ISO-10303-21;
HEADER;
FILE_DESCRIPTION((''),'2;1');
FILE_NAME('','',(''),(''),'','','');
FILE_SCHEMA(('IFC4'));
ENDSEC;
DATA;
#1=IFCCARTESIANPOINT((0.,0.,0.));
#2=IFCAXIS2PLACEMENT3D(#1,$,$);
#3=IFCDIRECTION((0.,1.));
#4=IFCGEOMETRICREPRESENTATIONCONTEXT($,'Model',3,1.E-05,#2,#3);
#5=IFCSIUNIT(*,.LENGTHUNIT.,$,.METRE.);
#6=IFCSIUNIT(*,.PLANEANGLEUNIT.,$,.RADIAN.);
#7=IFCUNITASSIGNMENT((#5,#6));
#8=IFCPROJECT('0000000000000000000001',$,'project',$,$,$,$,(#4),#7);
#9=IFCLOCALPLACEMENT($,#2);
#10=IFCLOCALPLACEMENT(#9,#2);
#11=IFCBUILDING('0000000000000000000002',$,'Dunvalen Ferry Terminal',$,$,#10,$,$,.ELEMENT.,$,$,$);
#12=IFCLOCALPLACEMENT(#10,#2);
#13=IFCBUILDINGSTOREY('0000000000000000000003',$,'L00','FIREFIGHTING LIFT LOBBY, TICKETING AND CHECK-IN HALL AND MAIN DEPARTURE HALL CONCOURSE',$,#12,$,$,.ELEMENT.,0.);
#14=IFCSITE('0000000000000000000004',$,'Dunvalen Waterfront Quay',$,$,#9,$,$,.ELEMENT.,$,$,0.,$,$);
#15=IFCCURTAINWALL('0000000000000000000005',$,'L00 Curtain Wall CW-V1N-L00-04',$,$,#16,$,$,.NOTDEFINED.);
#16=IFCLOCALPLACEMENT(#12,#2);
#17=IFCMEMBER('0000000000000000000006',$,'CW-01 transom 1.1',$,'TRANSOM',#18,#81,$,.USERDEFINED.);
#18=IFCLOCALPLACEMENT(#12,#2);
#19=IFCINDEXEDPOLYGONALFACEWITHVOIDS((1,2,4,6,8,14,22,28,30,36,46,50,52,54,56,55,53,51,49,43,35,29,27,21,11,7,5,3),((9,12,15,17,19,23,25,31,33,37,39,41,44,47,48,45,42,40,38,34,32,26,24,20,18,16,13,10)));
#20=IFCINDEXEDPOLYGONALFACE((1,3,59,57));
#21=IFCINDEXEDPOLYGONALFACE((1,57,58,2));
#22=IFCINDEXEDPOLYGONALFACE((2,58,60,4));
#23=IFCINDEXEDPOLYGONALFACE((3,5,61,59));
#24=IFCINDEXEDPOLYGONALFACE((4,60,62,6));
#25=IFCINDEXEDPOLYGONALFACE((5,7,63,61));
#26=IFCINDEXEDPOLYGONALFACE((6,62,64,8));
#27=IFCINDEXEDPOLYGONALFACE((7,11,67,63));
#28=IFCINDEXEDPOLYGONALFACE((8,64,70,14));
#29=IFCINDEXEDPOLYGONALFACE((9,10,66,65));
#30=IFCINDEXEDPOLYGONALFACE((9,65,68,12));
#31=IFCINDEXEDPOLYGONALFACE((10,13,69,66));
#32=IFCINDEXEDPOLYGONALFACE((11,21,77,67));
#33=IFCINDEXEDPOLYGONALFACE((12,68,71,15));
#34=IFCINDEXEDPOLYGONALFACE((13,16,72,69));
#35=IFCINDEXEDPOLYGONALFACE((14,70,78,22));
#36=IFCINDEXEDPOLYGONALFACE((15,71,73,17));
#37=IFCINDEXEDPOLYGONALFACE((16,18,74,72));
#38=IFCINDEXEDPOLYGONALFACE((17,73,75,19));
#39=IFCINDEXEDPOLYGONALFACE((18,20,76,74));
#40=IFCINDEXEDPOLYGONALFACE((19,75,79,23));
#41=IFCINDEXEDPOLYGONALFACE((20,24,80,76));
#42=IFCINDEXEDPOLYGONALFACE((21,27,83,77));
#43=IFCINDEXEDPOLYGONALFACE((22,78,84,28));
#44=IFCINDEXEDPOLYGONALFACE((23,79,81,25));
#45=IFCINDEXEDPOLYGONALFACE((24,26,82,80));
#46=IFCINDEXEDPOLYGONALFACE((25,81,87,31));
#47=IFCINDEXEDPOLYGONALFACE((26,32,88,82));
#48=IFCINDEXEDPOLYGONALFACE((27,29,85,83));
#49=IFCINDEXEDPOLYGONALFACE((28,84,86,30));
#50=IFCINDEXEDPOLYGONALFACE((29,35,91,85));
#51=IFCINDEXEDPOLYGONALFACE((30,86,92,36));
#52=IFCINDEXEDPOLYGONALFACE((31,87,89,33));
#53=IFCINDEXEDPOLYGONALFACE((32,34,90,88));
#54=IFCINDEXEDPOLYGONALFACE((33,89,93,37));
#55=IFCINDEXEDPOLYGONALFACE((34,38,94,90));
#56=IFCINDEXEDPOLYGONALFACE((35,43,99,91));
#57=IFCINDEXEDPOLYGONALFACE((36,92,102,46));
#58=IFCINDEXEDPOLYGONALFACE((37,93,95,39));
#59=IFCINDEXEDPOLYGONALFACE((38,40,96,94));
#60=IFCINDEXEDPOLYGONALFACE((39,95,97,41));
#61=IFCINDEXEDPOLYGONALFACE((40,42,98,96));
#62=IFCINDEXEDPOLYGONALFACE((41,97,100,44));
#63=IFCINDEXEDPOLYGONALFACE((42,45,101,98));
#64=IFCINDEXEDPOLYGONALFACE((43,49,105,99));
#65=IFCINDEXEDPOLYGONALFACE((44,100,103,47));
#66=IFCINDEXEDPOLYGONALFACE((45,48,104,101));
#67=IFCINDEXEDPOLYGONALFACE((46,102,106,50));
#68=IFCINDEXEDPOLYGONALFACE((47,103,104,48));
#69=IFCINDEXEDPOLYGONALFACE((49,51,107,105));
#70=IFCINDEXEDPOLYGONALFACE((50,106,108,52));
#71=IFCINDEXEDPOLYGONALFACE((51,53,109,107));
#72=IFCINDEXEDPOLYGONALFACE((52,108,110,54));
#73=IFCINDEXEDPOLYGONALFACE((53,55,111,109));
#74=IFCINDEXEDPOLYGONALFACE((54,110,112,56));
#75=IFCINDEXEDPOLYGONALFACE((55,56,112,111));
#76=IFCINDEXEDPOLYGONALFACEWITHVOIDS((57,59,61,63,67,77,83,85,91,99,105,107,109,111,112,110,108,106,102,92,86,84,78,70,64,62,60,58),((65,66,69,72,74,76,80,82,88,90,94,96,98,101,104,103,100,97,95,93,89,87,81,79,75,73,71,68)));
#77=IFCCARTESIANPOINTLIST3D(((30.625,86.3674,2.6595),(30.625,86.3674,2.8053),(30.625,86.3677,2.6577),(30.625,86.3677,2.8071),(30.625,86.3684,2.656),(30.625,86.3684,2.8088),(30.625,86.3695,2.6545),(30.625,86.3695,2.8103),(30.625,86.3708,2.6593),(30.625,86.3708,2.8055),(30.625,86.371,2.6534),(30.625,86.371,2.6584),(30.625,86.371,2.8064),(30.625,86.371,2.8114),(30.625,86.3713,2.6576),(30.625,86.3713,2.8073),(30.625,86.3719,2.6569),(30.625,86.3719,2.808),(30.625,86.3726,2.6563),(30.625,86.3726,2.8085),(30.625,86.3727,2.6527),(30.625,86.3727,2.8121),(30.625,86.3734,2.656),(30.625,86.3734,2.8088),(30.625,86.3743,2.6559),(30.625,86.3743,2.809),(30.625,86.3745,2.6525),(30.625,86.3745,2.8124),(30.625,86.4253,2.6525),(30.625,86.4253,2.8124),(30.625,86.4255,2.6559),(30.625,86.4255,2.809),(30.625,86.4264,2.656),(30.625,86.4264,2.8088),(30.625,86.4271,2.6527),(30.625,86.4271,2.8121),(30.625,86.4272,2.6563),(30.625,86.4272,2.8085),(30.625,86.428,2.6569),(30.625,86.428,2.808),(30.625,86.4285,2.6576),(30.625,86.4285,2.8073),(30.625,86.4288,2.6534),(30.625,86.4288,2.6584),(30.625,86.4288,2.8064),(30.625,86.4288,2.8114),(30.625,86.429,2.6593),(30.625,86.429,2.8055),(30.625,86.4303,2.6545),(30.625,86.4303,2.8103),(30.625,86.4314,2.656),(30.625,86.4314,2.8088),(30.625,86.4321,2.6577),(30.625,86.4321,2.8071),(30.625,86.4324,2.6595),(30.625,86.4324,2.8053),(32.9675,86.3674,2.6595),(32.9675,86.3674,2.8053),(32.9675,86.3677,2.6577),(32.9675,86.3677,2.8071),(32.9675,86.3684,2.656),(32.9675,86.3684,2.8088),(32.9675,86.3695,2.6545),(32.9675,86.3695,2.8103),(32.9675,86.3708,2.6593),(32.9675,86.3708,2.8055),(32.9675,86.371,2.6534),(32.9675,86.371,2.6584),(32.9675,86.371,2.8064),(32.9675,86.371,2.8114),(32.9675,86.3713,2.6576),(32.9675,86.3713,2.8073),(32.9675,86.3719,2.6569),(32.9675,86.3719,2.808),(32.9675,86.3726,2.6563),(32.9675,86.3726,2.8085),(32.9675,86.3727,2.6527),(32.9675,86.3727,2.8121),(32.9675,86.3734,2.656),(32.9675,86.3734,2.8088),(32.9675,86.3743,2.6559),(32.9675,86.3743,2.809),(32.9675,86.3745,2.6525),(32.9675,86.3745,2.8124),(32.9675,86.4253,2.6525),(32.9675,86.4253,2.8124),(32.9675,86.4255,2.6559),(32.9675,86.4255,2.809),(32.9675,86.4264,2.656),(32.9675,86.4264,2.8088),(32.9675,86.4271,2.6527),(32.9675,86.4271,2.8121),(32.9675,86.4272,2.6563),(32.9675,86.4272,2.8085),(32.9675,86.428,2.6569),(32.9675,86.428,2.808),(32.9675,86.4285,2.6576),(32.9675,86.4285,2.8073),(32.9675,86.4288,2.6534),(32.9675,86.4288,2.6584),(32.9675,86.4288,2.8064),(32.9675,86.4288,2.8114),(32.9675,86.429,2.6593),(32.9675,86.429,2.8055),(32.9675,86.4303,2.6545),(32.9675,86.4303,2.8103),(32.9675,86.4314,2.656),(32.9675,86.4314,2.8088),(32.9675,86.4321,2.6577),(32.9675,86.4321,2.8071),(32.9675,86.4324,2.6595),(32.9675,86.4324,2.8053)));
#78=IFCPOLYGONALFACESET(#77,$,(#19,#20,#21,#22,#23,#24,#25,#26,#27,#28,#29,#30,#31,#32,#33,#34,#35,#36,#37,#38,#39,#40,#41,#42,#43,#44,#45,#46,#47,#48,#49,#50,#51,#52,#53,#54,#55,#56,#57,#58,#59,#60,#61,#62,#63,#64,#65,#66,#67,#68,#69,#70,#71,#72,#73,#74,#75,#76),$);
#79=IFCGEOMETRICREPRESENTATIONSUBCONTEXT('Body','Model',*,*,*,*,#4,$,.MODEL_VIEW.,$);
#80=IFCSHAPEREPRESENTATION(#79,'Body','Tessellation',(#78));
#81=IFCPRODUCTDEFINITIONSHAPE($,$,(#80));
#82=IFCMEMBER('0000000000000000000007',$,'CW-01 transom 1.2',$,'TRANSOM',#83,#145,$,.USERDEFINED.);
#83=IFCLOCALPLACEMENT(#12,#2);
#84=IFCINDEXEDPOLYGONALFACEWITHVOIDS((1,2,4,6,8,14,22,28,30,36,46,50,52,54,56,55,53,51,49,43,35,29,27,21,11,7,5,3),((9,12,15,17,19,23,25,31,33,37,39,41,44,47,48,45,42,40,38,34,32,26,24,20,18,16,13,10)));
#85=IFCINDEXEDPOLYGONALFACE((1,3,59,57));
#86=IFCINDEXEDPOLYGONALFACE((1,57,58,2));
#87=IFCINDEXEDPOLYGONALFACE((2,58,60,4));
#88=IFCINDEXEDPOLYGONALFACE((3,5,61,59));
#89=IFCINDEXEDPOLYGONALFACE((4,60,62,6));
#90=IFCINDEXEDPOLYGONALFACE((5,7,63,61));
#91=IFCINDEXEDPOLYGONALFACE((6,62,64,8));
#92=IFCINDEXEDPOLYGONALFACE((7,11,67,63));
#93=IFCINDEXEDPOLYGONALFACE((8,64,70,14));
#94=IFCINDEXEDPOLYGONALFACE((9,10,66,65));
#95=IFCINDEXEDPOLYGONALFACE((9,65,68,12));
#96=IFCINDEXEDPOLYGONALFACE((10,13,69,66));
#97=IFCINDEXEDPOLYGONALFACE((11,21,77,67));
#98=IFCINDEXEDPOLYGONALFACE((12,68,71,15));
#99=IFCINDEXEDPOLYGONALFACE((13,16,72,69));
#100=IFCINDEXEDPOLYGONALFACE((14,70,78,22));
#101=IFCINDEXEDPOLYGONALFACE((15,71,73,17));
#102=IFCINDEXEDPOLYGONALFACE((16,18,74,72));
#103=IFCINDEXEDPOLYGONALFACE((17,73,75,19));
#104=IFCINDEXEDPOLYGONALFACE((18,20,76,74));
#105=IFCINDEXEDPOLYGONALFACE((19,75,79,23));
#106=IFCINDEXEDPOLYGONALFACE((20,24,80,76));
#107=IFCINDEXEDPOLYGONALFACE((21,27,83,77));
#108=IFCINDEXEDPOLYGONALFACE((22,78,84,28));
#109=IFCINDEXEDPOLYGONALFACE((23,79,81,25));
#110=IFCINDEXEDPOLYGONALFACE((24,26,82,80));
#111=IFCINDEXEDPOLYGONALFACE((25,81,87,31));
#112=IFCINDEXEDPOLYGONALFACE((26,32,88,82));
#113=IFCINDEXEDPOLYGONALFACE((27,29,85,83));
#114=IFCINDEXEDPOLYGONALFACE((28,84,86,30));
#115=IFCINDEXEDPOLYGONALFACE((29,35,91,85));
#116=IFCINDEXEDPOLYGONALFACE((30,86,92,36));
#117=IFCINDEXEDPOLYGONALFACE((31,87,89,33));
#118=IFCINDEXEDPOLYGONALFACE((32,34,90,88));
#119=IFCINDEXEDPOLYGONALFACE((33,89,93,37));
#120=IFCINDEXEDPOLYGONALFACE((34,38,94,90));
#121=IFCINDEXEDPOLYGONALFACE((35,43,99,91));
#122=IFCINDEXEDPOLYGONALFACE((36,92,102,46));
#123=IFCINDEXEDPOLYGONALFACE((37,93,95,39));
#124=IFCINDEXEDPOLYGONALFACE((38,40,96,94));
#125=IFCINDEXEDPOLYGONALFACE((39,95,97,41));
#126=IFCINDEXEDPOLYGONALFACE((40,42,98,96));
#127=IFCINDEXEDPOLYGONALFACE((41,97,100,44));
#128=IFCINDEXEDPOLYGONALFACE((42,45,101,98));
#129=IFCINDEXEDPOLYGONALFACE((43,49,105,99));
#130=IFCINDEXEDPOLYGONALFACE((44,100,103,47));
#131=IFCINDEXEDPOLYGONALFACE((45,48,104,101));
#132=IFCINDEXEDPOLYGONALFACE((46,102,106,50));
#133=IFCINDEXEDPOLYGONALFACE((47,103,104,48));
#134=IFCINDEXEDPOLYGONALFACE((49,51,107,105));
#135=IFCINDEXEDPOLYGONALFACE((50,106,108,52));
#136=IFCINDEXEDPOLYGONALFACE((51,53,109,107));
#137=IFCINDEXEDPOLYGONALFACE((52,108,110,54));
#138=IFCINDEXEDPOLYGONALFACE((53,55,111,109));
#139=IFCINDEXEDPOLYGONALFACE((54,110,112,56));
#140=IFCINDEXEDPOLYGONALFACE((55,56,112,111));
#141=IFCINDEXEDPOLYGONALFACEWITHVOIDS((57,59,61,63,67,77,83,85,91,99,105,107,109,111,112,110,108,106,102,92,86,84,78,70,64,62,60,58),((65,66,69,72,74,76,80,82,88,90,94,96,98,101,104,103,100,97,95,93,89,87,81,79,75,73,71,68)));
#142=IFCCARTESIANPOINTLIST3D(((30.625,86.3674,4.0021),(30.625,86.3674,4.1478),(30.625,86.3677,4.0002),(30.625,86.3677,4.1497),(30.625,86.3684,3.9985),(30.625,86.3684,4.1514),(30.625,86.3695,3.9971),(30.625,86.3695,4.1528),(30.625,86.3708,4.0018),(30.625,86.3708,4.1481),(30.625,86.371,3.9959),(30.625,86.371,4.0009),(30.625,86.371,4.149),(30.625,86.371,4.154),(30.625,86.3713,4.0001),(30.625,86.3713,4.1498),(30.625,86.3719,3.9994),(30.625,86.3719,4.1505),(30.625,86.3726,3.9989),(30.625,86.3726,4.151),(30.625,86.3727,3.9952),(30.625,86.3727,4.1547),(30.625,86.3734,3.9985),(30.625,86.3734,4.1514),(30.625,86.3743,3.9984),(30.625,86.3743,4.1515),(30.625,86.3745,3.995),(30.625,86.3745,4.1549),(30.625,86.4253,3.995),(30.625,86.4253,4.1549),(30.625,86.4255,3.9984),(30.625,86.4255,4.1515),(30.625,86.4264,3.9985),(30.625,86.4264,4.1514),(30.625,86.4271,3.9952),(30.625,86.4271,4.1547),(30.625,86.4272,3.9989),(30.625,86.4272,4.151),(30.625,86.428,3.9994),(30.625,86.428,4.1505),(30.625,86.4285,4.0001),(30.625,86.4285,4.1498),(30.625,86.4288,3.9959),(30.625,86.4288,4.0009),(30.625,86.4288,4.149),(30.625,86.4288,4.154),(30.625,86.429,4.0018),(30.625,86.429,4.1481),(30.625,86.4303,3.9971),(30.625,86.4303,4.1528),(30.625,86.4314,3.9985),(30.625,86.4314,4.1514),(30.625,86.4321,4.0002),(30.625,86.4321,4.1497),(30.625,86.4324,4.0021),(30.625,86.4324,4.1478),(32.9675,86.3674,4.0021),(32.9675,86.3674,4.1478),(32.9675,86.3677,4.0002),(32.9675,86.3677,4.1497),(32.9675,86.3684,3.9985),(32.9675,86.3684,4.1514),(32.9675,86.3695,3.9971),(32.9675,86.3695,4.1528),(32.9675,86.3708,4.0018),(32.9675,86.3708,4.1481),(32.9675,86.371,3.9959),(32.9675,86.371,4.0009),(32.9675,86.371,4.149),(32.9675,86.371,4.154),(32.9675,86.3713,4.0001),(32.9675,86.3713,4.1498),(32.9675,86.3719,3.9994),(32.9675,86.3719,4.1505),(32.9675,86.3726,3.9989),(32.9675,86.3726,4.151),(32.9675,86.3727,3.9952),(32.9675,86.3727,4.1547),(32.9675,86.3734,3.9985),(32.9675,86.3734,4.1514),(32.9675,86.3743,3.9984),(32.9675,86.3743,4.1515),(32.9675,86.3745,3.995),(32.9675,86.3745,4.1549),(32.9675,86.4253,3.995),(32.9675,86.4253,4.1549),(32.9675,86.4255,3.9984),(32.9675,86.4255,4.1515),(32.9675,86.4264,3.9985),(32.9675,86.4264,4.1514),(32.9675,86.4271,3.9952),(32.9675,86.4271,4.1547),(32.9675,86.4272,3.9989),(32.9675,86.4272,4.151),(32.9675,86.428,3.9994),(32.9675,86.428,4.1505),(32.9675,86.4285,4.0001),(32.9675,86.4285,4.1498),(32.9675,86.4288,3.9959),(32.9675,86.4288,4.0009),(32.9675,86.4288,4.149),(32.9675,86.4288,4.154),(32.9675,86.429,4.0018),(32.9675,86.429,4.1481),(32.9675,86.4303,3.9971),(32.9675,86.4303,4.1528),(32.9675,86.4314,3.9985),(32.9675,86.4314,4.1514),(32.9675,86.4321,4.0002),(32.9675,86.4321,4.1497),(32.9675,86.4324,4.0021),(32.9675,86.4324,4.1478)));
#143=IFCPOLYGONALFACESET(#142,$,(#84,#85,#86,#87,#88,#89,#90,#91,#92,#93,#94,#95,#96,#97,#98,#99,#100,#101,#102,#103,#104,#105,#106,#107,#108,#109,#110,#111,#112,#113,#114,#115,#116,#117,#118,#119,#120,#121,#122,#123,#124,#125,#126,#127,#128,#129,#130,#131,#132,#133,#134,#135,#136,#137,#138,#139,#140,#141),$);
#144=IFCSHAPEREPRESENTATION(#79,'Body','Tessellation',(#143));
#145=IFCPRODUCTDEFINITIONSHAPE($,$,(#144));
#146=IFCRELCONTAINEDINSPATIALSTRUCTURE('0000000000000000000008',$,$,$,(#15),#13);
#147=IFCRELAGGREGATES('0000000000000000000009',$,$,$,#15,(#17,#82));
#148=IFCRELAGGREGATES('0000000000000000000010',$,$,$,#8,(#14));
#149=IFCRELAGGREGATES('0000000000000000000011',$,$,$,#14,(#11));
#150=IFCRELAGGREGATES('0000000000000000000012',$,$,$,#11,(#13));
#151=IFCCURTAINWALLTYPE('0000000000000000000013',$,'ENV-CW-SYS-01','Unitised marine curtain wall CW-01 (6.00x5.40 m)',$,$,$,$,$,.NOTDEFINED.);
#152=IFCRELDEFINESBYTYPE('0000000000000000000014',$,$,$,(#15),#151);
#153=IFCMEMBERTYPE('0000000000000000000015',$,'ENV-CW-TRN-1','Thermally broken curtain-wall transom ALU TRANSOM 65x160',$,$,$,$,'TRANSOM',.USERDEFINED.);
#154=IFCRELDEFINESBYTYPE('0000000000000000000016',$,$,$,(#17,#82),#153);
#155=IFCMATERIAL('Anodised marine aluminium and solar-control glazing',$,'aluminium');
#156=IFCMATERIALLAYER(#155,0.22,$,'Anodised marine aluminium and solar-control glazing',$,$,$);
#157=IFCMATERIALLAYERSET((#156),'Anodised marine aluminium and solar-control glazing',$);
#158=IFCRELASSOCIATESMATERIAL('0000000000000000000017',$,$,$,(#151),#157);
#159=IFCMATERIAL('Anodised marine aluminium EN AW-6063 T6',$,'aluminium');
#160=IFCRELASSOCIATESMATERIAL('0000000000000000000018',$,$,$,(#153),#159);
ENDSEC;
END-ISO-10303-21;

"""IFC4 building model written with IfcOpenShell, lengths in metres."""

from ifc_helpers import new_model, si_unit, direction, frame, origin, origin_2d, place, context, subcontext, project, spatial, hollow_rectangle, extrude, material, layer, layer_set, material_profile, profile_set, type_object, element, aggregate, save


model = new_model("IFC4")

# Units and contexts
model_context = context("Model", 3, precision=1e-05, world=origin(), true_north=direction((0.0, 1.0)))
body_context = subcontext(model_context, "Body", "Model", "MODEL_VIEW")
ifc_project = project(units=[si_unit("LENGTHUNIT", "METRE"), si_unit("PLANEANGLEUNIT", "RADIAN")], contexts=[model_context])

# Site, building, storey
site_placement = place(None, origin())
site = spatial("IfcSite", under=ifc_project, at=site_placement, Name="Dunvalen Waterfront Quay", CompositionType="ELEMENT", RefElevation=0.0)
building_placement = place(site_placement, origin())
building = spatial("IfcBuilding", under=site, at=building_placement, Name="Dunvalen Ferry Terminal", CompositionType="ELEMENT")
storey_placement = place(building_placement, origin())
storey = spatial("IfcBuildingStorey", under=building, at=storey_placement, Name="L00", Description="FIREFIGHTING LIFT LOBBY, TICKETING AND CHECK-IN HALL AND MAIN DEPARTURE HALL CONCOURSE", CompositionType="ELEMENT", Elevation=0.0)

# Shared definitions
ifc_material_1 = material(Name="Anodised marine aluminium and solar-control glazing", Category="aluminium")
ifc_layer_1 = layer(ifc_material_1, 0.22, Name="Anodised marine aluminium and solar-control glazing")
ifc_layer_set_1 = layer_set([ifc_layer_1], Name="Anodised marine aluminium and solar-control glazing")
curtain_wall_type = type_object("IfcCurtainWallType", Name="ENV-CW-SYS-01", Description="Unitised marine curtain wall CW-01 (6.00x5.40 m)", PredefinedType="NOTDEFINED", material=ifc_layer_set_1)
ifc_material_2 = material(Name="Anodised marine aluminium EN AW-6063 T6", Category="aluminium")

# Curtain wall, members
curtain_wall_1_placement = place(storey_placement, origin())
curtain_wall_1 = element("IfcCurtainWall", 1, at=curtain_wall_1_placement, inside=storey, type_object=curtain_wall_type, Name="L00 Curtain Wall CW-V1N-L00-04", PredefinedType="NOTDEFINED")
ifc_material_profile_1 = material_profile(ifc_material_2, hollow_rectangle(XDim=0.0649, YDim=0.1599, WallThickness=0.0034, InnerFilletRadius=0.0034, OuterFilletRadius=0.0071, at=origin_2d()), Name="Anodised marine aluminium EN AW-6063 T6")
ifc_profile_set_1 = profile_set([ifc_material_profile_1], Name="Anodised marine aluminium EN AW-6063 T6")
member_type_1 = type_object("IfcMemberType", Name="ENV-CW-TRN-1", Description="Thermally broken curtain-wall transom ALU TRANSOM 65x160", ElementType="TRANSOM", PredefinedType="USERDEFINED", material=ifc_profile_set_1)
member_1_placement = place(storey_placement, frame((30.625, 86.3999, 2.7324), z_axis=(1.0, 0.0, 0.0), x_axis=(0.0, 1.0, 0.0)))
member_1 = element("IfcMember", 2, at=member_1_placement, type_object=member_type_1, Name="CW-01 transom 1.1", ObjectType="TRANSOM", PredefinedType="USERDEFINED", context=body_context, shape_type="SweptSolid", body=[
    extrude(hollow_rectangle(XDim=0.0649, YDim=0.1599, WallThickness=0.0034, InnerFilletRadius=0.0034, OuterFilletRadius=0.0071, at=origin_2d()), origin(), (0.0, 0.0, 1.0), 2.3425),
])
member_2_placement = place(storey_placement, frame((30.625, 86.3999, 4.075), z_axis=(1.0, 0.0, 0.0), x_axis=(0.0, 1.0, 0.0)))
member_2 = element("IfcMember", 3, at=member_2_placement, type_object=member_type_1, Name="CW-01 transom 1.2", ObjectType="TRANSOM", PredefinedType="USERDEFINED", context=body_context, shape_type="SweptSolid", body=[
    extrude(hollow_rectangle(XDim=0.0649, YDim=0.1599, WallThickness=0.0034, InnerFilletRadius=0.0034, OuterFilletRadius=0.0071, at=origin_2d()), origin(), (0.0, 0.0, 1.0), 2.3425),
])

aggregate(curtain_wall_1, [member_1, member_2])

save(model, "model.ifc")
